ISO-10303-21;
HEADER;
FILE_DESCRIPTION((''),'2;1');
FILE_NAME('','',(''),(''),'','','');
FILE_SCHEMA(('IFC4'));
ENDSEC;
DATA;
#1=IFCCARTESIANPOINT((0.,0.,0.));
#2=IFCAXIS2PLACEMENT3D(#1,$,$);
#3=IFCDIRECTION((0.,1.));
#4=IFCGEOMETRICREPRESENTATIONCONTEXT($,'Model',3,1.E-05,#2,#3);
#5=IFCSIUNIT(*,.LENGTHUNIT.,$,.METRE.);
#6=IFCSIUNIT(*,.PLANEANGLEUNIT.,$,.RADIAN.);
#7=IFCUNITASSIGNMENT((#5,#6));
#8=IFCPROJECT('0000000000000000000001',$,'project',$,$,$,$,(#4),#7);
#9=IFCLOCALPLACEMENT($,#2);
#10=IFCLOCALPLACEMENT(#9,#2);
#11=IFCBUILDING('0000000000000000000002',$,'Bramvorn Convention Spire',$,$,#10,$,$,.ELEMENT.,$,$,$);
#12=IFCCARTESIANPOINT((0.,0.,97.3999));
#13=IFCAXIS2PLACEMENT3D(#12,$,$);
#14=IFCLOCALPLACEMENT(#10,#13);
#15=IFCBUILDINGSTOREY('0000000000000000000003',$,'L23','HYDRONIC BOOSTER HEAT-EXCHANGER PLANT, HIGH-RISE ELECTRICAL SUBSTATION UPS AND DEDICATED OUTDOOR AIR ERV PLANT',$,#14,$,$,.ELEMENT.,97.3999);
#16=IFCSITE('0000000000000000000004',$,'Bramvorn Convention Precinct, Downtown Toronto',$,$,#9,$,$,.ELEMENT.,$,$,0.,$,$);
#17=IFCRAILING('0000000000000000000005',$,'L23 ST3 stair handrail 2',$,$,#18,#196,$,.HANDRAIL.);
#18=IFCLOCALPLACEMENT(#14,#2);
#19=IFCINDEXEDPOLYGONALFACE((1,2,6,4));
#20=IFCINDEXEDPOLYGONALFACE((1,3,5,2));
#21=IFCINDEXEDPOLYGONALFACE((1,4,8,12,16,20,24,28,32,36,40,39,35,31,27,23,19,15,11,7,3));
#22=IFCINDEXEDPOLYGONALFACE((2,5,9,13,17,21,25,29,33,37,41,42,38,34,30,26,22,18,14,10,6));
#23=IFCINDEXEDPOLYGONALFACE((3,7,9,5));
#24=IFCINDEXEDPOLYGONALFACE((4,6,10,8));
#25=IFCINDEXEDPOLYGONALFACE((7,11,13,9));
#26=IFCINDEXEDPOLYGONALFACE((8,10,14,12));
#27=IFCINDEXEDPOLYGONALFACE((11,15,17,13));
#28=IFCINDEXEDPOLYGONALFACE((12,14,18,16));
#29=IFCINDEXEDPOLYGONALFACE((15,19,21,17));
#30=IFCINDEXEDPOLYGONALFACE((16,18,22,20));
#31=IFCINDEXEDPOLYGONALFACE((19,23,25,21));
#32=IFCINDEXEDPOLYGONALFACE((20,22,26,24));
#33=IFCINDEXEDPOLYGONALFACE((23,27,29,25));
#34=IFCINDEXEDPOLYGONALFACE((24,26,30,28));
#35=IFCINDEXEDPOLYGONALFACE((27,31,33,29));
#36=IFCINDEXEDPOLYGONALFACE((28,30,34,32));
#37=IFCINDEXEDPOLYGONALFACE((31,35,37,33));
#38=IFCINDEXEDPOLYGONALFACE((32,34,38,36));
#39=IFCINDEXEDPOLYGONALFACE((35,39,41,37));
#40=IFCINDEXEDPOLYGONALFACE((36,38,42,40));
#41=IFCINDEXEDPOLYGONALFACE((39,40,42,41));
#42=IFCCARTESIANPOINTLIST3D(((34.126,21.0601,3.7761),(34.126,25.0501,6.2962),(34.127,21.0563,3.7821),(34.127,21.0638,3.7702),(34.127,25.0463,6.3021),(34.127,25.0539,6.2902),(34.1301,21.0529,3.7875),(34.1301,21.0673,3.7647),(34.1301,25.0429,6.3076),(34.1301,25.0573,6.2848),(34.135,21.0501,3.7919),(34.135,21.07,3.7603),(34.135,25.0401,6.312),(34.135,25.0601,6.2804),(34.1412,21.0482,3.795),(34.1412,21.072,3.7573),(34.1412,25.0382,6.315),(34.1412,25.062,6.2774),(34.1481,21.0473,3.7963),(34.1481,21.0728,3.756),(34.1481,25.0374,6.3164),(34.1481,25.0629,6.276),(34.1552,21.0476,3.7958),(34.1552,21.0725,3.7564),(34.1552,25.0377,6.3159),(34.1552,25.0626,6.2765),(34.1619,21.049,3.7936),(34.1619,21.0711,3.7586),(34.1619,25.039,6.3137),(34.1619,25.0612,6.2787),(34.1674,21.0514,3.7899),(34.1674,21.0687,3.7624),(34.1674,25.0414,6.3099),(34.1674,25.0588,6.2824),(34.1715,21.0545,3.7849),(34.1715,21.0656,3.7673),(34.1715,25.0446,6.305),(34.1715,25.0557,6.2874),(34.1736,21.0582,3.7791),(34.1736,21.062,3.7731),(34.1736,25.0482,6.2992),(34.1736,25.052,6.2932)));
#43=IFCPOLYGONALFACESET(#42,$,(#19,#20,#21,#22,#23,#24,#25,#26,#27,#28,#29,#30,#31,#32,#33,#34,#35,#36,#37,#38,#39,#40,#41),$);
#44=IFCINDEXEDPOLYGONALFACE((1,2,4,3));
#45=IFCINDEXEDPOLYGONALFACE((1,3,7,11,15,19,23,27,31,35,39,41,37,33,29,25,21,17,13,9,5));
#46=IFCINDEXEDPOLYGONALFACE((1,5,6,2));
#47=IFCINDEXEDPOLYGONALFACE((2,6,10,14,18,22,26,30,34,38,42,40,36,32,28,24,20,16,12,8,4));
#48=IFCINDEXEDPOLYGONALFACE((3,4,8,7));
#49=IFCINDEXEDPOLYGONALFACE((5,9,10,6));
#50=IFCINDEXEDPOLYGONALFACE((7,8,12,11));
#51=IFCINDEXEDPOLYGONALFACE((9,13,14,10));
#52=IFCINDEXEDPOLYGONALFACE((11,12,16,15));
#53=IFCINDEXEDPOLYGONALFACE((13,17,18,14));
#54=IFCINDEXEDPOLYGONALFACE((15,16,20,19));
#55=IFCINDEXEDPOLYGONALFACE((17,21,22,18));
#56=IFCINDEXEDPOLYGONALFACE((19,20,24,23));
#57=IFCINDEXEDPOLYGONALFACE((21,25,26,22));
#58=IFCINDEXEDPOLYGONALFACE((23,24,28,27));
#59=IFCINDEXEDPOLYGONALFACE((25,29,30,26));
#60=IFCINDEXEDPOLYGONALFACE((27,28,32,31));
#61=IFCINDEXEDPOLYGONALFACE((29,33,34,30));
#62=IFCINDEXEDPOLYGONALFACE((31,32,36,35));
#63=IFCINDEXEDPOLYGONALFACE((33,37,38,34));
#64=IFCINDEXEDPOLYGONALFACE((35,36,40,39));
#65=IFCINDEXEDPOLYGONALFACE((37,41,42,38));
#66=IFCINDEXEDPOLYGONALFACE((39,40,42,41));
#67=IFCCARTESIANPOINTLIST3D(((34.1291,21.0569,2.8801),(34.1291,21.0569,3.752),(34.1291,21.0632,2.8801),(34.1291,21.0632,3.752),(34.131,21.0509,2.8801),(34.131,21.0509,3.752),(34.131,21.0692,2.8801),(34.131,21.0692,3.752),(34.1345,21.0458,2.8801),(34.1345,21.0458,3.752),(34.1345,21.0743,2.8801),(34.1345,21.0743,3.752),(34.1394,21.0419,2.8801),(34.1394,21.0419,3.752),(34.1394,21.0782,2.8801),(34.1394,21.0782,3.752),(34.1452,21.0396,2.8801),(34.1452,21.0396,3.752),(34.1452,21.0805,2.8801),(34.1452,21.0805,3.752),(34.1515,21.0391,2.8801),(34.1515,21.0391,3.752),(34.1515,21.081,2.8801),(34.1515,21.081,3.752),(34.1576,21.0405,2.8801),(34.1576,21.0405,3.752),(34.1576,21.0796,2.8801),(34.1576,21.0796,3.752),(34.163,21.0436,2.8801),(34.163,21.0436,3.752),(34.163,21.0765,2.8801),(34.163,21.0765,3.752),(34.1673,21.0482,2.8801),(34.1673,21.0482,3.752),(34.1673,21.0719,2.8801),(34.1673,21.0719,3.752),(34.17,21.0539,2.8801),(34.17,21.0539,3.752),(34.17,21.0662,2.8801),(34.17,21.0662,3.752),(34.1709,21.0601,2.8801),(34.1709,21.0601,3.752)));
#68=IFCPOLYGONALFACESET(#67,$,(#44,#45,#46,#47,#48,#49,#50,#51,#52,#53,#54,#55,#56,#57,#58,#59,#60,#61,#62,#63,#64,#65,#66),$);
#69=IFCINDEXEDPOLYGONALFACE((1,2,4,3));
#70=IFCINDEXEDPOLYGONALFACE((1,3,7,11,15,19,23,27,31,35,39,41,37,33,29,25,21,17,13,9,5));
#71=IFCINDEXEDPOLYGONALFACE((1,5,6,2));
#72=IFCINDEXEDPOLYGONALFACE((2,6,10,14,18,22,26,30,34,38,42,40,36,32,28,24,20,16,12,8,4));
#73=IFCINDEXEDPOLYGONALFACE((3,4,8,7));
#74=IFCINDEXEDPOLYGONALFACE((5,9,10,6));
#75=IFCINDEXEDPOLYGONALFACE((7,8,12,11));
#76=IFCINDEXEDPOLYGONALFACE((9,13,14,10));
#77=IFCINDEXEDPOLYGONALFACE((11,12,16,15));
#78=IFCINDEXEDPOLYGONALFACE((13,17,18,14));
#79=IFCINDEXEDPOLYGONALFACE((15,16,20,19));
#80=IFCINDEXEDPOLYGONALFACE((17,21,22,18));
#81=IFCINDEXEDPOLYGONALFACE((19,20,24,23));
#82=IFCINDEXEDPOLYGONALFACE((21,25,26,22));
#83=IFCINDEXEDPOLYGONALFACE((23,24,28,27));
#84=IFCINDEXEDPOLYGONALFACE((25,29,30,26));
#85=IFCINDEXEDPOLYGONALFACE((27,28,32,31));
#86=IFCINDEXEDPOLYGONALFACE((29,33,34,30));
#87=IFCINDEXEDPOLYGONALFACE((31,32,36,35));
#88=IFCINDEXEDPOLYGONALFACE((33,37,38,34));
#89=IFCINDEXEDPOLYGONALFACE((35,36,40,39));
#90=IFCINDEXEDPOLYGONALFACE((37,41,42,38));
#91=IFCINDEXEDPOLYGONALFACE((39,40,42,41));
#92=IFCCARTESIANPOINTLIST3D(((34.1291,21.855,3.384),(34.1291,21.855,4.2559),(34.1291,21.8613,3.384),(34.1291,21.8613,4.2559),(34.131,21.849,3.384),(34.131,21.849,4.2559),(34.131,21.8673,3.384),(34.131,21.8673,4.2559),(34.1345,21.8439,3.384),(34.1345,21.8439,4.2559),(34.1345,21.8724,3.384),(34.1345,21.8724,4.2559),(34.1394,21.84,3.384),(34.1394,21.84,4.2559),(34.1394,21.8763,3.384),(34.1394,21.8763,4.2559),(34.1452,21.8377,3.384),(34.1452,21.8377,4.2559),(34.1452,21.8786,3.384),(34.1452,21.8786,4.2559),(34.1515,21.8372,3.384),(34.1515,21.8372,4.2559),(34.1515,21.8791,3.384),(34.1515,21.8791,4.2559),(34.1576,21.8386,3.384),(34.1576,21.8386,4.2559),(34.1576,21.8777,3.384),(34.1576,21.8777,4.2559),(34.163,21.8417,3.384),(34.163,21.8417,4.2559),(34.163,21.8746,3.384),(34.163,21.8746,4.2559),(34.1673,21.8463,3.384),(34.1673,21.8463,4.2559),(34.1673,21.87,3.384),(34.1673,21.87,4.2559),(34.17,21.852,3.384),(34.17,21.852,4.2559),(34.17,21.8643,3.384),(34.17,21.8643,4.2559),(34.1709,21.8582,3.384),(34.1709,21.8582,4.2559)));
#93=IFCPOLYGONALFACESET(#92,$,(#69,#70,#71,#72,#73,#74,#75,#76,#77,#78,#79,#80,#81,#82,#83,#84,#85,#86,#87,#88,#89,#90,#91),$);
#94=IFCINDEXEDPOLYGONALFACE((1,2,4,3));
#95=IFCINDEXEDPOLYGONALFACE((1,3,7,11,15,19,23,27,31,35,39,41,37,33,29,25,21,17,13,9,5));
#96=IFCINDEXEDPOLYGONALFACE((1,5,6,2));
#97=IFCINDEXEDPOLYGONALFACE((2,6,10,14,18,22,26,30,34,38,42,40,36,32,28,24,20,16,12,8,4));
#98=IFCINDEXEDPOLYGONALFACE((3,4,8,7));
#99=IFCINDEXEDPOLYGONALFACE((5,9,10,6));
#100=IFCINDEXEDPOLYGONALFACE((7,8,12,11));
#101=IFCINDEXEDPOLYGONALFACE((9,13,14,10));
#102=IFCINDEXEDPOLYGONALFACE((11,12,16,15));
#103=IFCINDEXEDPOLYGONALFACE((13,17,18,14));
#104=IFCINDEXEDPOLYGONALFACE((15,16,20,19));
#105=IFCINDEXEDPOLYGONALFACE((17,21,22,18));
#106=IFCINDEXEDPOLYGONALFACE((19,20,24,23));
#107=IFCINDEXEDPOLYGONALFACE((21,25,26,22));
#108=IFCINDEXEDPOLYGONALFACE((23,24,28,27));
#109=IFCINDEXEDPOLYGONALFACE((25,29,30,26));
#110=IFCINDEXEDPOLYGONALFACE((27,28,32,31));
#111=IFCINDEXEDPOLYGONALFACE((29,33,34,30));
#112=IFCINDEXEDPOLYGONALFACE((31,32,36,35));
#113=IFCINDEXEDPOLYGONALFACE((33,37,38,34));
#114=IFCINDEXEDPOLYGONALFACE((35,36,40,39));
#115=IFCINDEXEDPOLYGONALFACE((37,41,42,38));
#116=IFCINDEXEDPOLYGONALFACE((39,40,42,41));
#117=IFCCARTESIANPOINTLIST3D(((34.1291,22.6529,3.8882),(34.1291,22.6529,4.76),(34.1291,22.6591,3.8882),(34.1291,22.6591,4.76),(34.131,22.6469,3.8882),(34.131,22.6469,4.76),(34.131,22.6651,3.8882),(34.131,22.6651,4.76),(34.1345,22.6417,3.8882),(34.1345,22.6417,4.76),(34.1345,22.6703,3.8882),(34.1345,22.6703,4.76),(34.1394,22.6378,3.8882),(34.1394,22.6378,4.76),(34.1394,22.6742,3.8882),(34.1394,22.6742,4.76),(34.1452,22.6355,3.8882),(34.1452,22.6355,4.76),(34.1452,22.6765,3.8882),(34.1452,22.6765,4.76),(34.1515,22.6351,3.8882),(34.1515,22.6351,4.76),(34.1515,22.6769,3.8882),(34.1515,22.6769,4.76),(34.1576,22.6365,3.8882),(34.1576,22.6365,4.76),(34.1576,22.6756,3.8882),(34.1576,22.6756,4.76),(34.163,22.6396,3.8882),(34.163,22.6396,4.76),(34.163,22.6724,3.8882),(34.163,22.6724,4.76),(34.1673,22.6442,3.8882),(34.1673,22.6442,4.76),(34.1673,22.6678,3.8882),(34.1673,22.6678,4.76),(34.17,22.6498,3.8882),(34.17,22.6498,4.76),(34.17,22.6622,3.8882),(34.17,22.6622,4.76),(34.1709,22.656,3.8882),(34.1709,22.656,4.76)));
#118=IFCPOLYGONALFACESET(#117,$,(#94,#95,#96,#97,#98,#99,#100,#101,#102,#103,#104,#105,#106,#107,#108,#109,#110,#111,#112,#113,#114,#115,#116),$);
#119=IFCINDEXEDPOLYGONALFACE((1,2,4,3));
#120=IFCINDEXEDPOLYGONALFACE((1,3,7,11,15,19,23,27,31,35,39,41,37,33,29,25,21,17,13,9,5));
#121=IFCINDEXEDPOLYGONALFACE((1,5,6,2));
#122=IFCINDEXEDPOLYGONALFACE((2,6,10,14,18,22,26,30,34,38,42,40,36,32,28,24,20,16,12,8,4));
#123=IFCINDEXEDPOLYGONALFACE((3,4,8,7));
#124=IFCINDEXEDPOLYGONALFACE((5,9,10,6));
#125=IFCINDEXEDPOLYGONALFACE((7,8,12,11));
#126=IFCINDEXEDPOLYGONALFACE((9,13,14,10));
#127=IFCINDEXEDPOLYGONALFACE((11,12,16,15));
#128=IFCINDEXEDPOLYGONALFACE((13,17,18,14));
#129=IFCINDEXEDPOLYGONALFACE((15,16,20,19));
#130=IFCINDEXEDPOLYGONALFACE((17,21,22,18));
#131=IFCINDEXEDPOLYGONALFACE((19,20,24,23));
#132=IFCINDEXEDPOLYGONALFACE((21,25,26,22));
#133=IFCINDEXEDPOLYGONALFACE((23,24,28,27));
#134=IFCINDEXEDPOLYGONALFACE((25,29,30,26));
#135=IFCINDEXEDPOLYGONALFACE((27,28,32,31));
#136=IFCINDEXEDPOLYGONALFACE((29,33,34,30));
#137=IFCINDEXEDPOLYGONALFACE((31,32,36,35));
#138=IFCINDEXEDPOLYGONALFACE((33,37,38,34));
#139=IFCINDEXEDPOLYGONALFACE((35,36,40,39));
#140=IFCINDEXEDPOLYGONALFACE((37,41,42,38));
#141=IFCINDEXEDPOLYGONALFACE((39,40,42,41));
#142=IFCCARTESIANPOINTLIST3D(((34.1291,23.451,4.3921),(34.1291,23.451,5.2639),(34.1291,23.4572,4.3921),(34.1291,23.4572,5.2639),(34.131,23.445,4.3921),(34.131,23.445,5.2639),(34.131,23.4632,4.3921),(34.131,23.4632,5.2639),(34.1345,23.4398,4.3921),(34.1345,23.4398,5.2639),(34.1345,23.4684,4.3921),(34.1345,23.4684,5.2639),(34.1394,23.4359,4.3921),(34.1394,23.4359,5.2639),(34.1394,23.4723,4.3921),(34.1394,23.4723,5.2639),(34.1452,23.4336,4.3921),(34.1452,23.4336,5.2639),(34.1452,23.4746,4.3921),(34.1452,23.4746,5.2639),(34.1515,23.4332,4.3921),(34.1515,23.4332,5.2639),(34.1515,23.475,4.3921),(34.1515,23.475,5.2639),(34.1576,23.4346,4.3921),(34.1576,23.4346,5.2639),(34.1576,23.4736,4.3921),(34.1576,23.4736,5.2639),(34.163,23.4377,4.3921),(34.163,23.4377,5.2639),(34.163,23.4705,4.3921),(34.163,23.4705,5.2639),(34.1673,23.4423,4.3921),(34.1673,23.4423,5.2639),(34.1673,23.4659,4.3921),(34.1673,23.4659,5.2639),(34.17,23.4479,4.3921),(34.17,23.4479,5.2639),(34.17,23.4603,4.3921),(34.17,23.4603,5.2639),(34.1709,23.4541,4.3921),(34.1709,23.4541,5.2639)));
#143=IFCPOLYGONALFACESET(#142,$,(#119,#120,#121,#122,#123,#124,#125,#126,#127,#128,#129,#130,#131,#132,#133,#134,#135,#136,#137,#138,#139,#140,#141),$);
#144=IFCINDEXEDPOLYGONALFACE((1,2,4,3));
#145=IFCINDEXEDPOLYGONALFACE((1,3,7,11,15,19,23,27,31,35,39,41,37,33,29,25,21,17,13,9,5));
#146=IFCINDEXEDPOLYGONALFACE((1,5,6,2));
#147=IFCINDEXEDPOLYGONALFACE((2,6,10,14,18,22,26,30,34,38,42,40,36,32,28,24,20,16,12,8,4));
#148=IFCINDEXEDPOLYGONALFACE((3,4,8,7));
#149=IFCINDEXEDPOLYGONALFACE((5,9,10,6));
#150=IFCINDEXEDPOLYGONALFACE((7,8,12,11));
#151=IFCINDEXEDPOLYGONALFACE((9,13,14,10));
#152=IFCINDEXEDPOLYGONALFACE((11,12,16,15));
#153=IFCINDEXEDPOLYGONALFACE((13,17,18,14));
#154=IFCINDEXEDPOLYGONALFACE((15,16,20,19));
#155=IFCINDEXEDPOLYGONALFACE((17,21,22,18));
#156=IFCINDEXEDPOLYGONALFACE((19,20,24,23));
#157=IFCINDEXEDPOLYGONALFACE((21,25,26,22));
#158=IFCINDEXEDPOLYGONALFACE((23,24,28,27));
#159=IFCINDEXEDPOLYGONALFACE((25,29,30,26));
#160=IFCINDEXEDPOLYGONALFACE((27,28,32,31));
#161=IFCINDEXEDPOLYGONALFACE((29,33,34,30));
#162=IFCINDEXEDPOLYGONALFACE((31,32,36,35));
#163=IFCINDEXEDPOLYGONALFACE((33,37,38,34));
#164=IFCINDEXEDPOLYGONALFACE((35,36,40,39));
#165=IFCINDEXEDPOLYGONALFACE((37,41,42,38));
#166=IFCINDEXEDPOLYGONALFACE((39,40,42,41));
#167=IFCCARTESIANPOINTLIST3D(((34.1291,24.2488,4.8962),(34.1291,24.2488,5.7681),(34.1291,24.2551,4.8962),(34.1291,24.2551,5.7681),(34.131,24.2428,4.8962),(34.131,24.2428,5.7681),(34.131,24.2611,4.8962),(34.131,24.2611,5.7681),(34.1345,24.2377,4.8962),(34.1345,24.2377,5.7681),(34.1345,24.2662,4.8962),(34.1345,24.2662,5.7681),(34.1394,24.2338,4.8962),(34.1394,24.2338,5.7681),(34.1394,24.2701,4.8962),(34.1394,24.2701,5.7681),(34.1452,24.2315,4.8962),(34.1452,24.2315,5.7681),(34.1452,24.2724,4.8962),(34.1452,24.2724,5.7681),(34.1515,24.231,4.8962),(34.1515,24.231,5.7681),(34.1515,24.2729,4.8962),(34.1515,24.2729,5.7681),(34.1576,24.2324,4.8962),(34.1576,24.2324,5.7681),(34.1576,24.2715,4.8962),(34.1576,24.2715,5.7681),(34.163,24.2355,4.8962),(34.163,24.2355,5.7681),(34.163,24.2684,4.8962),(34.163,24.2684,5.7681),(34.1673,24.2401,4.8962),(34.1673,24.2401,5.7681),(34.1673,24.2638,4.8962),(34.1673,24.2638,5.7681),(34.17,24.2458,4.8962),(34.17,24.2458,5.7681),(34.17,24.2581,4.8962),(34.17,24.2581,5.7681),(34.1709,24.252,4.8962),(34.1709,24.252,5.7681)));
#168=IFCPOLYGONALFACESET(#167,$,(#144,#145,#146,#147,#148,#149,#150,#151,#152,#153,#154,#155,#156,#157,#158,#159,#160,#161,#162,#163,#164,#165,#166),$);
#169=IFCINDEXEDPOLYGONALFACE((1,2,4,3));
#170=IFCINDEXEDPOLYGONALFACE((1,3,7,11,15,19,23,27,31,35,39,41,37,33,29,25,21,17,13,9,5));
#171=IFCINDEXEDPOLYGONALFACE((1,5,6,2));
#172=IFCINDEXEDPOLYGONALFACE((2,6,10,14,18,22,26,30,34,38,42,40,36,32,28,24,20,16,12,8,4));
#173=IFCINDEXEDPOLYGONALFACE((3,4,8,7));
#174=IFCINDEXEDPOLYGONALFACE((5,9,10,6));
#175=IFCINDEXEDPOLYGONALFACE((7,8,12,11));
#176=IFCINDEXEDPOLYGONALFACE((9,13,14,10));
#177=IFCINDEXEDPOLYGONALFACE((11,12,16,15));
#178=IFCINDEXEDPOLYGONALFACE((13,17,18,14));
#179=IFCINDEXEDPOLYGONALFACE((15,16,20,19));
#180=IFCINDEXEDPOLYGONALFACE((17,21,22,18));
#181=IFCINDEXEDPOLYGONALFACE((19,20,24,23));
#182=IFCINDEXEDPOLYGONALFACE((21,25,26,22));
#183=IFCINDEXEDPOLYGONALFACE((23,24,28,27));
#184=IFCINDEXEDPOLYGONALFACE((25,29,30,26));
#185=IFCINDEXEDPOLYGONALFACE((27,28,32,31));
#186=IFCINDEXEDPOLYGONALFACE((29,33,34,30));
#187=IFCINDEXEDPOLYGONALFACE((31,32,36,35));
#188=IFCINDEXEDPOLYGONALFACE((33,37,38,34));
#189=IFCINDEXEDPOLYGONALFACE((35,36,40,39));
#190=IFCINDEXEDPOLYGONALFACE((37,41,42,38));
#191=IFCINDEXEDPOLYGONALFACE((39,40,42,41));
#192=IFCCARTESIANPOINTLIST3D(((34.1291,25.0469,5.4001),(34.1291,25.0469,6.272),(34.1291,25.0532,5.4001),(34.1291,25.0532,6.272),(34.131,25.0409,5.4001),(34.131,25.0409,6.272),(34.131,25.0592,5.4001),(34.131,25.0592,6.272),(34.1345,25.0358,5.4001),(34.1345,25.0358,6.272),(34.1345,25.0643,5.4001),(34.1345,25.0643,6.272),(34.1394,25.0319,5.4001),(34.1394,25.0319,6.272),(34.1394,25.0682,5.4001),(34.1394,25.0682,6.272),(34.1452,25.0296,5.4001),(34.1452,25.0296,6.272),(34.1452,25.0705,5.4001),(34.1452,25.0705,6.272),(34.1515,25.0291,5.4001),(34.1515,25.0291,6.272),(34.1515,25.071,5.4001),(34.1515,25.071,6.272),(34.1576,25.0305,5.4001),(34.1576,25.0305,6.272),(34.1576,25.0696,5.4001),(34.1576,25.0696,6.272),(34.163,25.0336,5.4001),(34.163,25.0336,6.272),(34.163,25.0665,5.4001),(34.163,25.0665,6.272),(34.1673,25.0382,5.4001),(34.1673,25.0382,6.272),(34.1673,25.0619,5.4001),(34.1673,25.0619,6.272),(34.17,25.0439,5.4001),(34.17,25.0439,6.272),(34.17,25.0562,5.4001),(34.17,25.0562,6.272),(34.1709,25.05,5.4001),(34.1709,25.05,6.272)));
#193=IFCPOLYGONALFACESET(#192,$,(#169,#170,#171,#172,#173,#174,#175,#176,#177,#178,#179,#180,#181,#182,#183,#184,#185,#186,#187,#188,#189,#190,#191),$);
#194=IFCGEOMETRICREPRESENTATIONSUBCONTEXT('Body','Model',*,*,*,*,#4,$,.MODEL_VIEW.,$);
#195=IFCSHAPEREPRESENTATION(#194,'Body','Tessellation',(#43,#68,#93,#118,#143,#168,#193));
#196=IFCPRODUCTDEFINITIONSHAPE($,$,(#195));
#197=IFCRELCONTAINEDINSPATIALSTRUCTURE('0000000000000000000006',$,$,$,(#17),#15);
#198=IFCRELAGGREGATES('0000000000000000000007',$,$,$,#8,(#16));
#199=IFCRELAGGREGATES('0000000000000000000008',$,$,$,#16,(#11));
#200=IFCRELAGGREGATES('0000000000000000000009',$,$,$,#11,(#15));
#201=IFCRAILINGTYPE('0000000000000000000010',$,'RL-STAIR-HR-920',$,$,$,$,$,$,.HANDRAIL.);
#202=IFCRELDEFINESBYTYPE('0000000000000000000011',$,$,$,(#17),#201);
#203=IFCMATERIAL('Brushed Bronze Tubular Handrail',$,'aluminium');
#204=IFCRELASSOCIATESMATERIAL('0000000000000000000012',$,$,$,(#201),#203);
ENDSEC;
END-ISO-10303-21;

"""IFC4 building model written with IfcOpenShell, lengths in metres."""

from ifc_helpers import new_model, si_unit, direction, frame, origin, origin_2d, place, context, subcontext, project, spatial, circle, extrude, material, type_object, element, save


model = new_model("IFC4")

# Units and contexts
model_context = context("Model", 3, precision=1e-05, world=origin(), true_north=direction((0.0, 1.0)))
body_context = subcontext(model_context, "Body", "Model", "MODEL_VIEW")
ifc_project = project(units=[si_unit("LENGTHUNIT", "METRE"), si_unit("PLANEANGLEUNIT", "RADIAN")], contexts=[model_context])

# Site, building, storey
site_placement = place(None, origin())
site = spatial("IfcSite", under=ifc_project, at=site_placement, Name="Bramvorn Convention Precinct, Downtown Toronto", CompositionType="ELEMENT", RefElevation=0.0)
building_placement = place(site_placement, origin())
building = spatial("IfcBuilding", under=site, at=building_placement, Name="Bramvorn Convention Spire", CompositionType="ELEMENT")
storey_placement = place(building_placement, frame((0.0, 0.0, 97.3999)))
storey = spatial("IfcBuildingStorey", under=building, at=storey_placement, Name="L23", Description="HYDRONIC BOOSTER HEAT-EXCHANGER PLANT, HIGH-RISE ELECTRICAL SUBSTATION UPS AND DEDICATED OUTDOOR AIR ERV PLANT", CompositionType="ELEMENT", Elevation=97.3999)

# Railing
ifc_material_1 = material(Name="Brushed Bronze Tubular Handrail", Category="aluminium")
railing_type_1 = type_object("IfcRailingType", Name="RL-STAIR-HR-920", PredefinedType="HANDRAIL", material=ifc_material_1)
railing_1_placement = place(storey_placement, frame((34.1499, 21.0601, 2.8801)))
element("IfcRailing", 1, at=railing_1_placement, inside=storey, type_object=railing_type_1, Name="L23 ST3 stair handrail 2", PredefinedType="HANDRAIL", context=body_context, shape_type="SweptSolid", body=[
    extrude(circle(Radius=0.0239, at=origin_2d()), frame((0.0, 0.0, 0.896), z_axis=(0.0, 0.845486, 0.533997), x_axis=(-1.0, 0.0, 0.0)), (0.0, 0.0, 1.0), 4.7192),
    extrude(circle(Radius=0.021, at=origin_2d()), origin(), (0.0, 0.0, 1.0), 0.8718),
    extrude(circle(Radius=0.021, at=origin_2d()), frame((0.0, 0.7981, 0.5039)), (0.0, 0.0, 1.0), 0.8718),
    extrude(circle(Radius=0.021, at=origin_2d()), frame((0.0, 1.5959, 1.0081)), (0.0, 0.0, 1.0), 0.8718),
    extrude(circle(Radius=0.021, at=origin_2d()), frame((0.0, 2.394, 1.512)), (0.0, 0.0, 1.0), 0.8718),
    extrude(circle(Radius=0.021, at=origin_2d()), frame((0.0, 3.1919, 2.0161)), (0.0, 0.0, 1.0), 0.8718),
    extrude(circle(Radius=0.021, at=origin_2d()), frame((0.0, 3.99, 2.52)), (0.0, 0.0, 1.0), 0.8718),
])

save(model, "model.ifc")
